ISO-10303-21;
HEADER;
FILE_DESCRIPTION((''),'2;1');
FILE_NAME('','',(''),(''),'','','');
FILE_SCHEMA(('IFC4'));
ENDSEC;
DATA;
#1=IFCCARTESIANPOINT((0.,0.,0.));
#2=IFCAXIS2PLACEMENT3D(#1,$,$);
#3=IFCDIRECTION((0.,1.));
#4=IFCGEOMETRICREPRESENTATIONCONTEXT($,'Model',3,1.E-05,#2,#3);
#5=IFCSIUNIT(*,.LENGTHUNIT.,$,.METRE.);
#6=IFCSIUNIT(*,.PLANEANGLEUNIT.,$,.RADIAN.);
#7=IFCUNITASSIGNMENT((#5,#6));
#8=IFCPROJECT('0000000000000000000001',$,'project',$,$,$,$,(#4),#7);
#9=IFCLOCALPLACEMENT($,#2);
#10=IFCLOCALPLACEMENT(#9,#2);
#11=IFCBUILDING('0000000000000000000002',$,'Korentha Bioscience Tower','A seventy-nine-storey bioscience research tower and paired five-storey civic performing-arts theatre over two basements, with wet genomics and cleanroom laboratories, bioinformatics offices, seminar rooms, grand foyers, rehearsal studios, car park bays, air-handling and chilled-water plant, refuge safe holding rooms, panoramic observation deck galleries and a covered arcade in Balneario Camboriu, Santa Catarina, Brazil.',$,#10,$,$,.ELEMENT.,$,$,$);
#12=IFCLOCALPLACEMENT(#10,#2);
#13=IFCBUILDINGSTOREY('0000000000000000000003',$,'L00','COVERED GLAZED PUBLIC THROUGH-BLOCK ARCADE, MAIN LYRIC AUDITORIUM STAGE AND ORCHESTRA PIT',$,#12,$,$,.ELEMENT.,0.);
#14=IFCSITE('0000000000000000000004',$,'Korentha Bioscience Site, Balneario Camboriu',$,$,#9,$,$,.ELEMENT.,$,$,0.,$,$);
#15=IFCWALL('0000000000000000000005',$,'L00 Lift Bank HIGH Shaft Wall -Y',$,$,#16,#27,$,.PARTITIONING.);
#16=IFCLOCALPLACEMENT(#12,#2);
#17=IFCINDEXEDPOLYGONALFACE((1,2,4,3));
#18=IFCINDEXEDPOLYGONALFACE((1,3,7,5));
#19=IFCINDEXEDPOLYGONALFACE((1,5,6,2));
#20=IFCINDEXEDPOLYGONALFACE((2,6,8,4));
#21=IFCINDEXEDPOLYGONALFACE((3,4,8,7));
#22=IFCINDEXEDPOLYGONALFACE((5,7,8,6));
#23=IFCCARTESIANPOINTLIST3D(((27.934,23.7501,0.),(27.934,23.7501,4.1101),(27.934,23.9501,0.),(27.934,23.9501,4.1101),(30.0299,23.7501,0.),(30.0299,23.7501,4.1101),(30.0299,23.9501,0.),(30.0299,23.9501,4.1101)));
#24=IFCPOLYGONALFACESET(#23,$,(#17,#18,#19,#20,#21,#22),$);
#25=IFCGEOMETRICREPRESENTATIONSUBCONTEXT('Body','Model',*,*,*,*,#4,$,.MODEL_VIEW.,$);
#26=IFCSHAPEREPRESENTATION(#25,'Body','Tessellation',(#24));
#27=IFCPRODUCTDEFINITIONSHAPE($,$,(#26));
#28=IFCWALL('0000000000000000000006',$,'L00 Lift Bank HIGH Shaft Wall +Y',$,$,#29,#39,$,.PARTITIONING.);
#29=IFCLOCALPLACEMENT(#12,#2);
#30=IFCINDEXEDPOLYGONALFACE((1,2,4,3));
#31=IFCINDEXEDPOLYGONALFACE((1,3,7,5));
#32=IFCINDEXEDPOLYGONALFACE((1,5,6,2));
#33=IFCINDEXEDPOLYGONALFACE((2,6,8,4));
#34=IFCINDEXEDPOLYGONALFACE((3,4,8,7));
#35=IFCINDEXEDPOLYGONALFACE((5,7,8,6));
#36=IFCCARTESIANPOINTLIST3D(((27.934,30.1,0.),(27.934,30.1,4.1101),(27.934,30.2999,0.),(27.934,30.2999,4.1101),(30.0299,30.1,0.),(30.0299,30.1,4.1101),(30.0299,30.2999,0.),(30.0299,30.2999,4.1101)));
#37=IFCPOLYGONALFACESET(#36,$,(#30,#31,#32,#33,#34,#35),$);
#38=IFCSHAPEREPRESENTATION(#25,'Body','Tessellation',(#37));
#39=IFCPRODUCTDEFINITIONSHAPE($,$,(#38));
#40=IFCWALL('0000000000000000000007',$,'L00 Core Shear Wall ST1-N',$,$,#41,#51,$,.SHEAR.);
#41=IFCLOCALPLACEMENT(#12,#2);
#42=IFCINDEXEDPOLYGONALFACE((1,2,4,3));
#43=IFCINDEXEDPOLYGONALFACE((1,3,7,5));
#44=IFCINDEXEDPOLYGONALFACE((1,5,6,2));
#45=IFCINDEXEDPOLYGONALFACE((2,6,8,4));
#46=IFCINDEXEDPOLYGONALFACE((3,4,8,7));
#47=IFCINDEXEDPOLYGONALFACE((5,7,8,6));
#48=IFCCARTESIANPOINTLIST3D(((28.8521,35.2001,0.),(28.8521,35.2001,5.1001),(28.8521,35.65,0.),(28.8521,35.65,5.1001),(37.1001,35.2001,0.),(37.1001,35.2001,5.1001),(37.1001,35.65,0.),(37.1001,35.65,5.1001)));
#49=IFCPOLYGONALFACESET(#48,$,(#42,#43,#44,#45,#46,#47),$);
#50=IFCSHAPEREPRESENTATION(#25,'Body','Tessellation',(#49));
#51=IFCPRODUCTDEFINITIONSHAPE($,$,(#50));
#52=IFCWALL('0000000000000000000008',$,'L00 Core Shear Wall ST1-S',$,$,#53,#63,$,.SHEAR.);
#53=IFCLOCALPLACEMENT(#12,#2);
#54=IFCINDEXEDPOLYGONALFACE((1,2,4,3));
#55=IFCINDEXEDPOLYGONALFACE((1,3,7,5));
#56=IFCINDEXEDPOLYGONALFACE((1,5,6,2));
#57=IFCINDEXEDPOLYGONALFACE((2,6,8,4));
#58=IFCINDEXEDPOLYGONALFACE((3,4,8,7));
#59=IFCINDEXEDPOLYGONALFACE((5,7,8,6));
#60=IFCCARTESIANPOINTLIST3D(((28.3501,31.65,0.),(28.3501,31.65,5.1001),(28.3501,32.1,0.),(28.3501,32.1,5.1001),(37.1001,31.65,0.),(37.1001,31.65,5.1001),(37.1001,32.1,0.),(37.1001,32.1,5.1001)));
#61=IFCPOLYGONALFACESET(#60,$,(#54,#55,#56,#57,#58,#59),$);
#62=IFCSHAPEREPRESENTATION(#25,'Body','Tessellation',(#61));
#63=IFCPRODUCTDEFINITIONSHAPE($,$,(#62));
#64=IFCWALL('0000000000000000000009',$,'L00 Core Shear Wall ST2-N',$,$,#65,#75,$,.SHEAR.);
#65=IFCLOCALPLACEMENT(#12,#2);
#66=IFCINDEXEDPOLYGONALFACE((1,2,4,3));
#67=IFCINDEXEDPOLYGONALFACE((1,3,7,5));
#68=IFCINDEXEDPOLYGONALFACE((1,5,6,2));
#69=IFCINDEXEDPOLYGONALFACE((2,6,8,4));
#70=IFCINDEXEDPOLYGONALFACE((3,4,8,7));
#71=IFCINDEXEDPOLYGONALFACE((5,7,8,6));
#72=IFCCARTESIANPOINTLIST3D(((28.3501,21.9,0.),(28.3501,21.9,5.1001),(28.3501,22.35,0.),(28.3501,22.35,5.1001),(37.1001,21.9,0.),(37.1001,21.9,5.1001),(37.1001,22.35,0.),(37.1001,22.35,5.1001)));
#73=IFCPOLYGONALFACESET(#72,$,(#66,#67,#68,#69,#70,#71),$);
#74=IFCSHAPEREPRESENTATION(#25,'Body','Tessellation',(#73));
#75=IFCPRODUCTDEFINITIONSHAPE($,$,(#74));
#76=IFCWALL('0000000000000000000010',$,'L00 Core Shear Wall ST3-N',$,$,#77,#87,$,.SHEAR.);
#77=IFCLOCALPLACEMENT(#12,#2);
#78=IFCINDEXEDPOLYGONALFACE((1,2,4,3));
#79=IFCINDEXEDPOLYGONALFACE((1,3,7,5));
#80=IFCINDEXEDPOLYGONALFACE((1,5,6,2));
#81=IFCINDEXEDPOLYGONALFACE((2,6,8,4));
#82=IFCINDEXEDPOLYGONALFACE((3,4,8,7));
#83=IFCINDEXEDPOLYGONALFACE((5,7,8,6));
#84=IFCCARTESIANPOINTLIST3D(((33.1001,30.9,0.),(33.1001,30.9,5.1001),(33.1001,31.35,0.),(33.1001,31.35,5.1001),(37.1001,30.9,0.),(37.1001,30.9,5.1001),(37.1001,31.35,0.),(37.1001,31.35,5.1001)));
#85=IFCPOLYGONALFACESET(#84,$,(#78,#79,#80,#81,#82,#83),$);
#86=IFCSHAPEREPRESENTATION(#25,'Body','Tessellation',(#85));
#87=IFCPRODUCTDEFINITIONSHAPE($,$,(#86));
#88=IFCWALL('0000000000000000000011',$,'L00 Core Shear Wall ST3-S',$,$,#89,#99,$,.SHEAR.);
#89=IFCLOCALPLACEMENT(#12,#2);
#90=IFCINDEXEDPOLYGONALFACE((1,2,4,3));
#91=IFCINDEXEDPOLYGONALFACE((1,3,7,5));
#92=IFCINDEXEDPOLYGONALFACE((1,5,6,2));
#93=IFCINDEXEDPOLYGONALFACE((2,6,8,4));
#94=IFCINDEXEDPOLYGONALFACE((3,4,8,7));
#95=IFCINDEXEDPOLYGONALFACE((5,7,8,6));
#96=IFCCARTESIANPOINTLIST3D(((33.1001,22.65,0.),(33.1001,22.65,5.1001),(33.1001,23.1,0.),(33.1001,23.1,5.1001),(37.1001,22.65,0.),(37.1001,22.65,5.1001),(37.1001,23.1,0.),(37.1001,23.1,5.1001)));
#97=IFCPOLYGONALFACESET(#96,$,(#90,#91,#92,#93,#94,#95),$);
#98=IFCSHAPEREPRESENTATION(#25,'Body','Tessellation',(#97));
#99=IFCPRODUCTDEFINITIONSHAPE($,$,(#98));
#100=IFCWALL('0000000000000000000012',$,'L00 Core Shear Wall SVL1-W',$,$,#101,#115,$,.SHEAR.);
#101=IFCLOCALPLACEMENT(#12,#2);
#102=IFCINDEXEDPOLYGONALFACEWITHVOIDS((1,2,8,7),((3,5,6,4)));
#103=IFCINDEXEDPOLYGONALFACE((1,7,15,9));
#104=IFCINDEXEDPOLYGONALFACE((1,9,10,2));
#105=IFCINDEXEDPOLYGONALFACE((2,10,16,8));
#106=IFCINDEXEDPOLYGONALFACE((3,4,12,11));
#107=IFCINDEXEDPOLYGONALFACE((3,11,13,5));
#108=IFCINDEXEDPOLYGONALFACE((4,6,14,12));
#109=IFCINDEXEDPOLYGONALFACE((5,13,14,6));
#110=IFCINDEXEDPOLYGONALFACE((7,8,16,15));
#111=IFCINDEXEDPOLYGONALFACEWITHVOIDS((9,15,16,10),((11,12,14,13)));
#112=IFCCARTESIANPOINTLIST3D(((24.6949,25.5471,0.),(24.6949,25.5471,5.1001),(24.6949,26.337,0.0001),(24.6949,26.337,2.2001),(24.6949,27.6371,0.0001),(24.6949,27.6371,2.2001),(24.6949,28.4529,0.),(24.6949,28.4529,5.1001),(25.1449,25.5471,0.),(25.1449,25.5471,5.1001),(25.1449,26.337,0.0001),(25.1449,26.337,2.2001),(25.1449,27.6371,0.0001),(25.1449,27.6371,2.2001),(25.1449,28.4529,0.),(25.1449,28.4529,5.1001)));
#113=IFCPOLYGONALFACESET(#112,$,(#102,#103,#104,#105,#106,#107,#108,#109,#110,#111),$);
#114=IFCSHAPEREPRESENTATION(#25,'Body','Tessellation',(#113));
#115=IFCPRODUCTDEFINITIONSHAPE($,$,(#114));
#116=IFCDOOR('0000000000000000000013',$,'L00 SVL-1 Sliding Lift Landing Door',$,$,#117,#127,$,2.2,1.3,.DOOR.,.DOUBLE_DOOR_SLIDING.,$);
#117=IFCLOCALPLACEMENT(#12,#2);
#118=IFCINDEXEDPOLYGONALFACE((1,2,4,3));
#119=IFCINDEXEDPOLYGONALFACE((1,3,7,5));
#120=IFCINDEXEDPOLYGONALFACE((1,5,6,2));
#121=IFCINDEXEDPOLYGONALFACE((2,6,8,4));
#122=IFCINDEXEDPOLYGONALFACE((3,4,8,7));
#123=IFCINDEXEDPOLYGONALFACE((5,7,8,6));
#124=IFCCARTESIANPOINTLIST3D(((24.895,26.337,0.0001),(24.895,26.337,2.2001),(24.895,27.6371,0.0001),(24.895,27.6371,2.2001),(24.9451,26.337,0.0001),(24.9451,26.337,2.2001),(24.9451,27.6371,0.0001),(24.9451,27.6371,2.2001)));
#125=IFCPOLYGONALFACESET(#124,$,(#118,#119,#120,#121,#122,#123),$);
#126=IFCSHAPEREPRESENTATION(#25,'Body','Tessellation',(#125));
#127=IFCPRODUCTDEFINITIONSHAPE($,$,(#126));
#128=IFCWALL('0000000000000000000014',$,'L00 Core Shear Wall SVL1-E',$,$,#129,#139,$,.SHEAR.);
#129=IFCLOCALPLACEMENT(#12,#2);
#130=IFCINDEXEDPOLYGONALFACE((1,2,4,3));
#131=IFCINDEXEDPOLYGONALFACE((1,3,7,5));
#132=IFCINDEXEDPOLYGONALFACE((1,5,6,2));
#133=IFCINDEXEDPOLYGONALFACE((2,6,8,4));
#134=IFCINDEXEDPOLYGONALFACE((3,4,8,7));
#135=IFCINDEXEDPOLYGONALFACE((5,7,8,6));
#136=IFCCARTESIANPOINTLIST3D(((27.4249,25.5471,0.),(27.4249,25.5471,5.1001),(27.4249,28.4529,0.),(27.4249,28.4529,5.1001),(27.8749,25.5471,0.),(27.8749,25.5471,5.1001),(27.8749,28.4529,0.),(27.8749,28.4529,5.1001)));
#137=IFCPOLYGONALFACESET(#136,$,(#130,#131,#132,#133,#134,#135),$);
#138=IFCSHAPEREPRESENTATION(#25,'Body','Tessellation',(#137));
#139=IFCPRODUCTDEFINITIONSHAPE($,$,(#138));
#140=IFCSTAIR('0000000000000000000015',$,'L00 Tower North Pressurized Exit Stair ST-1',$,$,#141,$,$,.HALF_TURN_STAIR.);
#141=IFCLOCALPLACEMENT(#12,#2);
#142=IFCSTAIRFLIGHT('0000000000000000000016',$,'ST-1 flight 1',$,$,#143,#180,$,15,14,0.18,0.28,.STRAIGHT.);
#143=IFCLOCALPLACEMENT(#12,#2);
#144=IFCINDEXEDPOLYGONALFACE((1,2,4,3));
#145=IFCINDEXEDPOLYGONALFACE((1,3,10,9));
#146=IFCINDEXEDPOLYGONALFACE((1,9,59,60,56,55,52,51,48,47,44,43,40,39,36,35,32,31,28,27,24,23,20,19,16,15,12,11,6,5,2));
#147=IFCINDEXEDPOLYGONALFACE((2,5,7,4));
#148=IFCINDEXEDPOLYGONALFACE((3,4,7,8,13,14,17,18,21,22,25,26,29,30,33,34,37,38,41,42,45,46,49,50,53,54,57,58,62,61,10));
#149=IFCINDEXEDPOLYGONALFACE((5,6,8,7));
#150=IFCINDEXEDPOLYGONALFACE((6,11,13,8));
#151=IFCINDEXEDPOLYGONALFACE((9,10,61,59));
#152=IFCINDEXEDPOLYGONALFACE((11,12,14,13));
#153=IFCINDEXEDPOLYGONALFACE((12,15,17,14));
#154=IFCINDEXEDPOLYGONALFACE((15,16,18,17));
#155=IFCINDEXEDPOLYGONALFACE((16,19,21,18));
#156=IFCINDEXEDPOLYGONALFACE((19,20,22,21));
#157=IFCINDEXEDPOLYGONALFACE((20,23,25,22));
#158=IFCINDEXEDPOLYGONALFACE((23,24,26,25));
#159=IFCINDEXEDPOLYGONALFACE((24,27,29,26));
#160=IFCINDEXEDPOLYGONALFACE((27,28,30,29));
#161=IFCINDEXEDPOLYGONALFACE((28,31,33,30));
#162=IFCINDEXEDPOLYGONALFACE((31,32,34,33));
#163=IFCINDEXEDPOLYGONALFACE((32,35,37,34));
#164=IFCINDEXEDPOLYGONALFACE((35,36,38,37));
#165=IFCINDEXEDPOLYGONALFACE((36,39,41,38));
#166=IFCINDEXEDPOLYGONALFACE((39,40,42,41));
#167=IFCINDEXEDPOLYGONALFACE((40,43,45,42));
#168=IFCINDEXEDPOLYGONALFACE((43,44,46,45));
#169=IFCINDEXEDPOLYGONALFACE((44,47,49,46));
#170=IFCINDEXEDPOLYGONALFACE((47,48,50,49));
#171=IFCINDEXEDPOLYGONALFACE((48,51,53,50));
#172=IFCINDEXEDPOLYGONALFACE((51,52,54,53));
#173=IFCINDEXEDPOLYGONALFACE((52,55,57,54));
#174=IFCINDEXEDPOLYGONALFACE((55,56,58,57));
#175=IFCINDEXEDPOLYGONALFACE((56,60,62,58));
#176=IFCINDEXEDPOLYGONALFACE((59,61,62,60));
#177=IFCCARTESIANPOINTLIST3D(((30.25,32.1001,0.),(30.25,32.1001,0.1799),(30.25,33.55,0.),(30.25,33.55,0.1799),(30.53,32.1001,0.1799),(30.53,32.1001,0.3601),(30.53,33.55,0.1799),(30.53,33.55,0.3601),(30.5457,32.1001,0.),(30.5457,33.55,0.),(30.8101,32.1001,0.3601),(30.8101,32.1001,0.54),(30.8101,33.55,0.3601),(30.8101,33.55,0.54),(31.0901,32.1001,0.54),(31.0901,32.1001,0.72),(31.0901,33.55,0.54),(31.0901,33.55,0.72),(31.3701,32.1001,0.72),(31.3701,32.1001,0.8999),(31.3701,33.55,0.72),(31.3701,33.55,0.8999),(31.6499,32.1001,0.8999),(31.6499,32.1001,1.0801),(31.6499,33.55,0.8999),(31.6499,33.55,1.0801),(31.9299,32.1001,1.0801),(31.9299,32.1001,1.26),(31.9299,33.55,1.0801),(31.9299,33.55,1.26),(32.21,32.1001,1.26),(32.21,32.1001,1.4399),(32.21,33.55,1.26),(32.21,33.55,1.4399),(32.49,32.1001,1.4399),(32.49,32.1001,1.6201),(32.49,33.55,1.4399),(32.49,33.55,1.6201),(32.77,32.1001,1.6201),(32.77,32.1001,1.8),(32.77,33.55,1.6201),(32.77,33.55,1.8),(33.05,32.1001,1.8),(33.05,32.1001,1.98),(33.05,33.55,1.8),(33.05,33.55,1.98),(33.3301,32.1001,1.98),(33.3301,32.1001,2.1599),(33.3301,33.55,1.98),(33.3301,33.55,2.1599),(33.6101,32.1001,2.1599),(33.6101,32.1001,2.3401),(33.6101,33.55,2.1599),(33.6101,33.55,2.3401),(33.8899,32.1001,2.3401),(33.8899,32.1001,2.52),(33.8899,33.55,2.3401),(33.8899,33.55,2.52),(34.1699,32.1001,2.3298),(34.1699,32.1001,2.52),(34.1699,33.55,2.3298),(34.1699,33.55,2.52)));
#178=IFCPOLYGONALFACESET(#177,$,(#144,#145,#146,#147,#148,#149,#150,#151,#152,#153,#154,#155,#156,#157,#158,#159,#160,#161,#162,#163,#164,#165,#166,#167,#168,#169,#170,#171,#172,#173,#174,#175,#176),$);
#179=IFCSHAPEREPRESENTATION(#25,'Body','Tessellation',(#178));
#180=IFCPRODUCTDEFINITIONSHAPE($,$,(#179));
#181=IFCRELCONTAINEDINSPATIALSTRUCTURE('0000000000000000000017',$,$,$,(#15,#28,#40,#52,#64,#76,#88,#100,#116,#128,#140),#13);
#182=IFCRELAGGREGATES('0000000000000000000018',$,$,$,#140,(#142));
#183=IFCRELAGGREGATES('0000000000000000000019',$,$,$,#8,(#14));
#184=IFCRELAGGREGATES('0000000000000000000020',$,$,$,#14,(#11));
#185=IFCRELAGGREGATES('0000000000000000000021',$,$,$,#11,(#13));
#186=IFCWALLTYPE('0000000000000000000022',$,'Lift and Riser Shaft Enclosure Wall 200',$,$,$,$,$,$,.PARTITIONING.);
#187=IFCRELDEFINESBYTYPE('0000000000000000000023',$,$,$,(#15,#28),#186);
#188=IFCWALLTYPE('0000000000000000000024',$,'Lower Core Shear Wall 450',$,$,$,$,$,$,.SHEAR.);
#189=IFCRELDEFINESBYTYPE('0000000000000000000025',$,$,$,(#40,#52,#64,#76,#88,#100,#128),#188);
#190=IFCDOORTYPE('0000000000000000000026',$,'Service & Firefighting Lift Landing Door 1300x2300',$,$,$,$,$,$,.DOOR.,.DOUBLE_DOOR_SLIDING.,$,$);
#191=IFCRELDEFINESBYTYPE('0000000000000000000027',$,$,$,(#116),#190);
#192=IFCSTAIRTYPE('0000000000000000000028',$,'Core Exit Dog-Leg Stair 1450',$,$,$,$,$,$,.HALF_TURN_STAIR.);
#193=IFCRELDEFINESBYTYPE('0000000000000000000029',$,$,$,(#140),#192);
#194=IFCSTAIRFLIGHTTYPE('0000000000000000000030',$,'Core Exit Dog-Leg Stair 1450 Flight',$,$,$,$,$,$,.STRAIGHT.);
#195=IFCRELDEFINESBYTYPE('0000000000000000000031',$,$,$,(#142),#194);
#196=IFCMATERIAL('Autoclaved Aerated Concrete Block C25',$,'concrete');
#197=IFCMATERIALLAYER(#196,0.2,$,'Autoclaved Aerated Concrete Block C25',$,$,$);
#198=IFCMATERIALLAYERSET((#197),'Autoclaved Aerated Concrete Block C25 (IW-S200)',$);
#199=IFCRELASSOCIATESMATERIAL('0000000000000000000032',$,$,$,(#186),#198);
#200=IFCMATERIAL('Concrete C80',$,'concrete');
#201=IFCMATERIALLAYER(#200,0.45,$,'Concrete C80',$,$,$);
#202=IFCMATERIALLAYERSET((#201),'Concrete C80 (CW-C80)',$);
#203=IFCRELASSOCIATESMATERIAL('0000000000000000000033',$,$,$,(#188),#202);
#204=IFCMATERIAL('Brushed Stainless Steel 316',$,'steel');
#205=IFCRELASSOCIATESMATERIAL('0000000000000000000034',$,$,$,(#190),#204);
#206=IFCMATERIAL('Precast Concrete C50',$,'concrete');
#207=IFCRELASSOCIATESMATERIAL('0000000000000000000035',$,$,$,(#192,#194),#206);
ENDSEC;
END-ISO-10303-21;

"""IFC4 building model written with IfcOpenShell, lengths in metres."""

from ifc_helpers import new_model, si_unit, direction, frame, frame_2d, origin, place, context, subcontext, project, spatial, polyline, rectangle, outline, extrude, material, layer, layer_set, type_object, element, fill, aggregate, save


model = new_model("IFC4")

# Units and contexts
model_context = context("Model", 3, precision=1e-05, world=origin(), true_north=direction((0.0, 1.0)))
body_context = subcontext(model_context, "Body", "Model", "MODEL_VIEW")
ifc_project = project(units=[si_unit("LENGTHUNIT", "METRE"), si_unit("PLANEANGLEUNIT", "RADIAN")], contexts=[model_context])

# Site, building, storey
site_placement = place(None, origin())
site = spatial("IfcSite", under=ifc_project, at=site_placement, Name="Korentha Bioscience Site, Balneario Camboriu", CompositionType="ELEMENT", RefElevation=0.0)
building_placement = place(site_placement, origin())
building = spatial("IfcBuilding", under=site, at=building_placement, Name="Korentha Bioscience Tower", Description="A seventy-nine-storey bioscience research tower and paired five-storey civic performing-arts theatre over two basements, with wet genomics and cleanroom laboratories, bioinformatics offices, seminar rooms, grand foyers, rehearsal studios, car park bays, air-handling and chilled-water plant, refuge safe holding rooms, panoramic observation deck galleries and a covered arcade in Balneario Camboriu, Santa Catarina, Brazil.", CompositionType="ELEMENT")
storey_placement = place(building_placement, origin())
storey = spatial("IfcBuildingStorey", under=building, at=storey_placement, Name="L00", Description="COVERED GLAZED PUBLIC THROUGH-BLOCK ARCADE, MAIN LYRIC AUDITORIUM STAGE AND ORCHESTRA PIT", CompositionType="ELEMENT", Elevation=0.0)

# Shared definitions
ifc_material_1 = material(Name="Autoclaved Aerated Concrete Block C25", Category="concrete")
ifc_layer_1 = layer(ifc_material_1, 0.2, Name="Autoclaved Aerated Concrete Block C25")
ifc_layer_set_1 = layer_set([ifc_layer_1], Name="Autoclaved Aerated Concrete Block C25 (IW-S200)")
wall_type_1 = type_object("IfcWallType", Name="Lift and Riser Shaft Enclosure Wall 200", PredefinedType="PARTITIONING", material=ifc_layer_set_1)

# Walls
for number, where, z_axis, x_axis, name in (
    (1, (27.9341, 23.8501, 0.0), (0.0, 0.0, 1.0), (1.0, 0.0, 0.0), "L00 Lift Bank HIGH Shaft Wall -Y"),
    (2, (27.9341, 30.2, 0.0), (0.0, 0.0, 1.0), (1.0, 0.0, 0.0), "L00 Lift Bank HIGH Shaft Wall +Y"),
):
    element("IfcWall", number, at=place(storey_placement, frame(where, z_axis=z_axis, x_axis=x_axis)), inside=storey, type_object=wall_type_1, Name=name, PredefinedType="PARTITIONING", context=body_context, shape_type="SweptSolid", body=[
        extrude(rectangle(XDim=2.0959, YDim=0.2, at=frame_2d((1.0479, 0.0))), origin(), (0.0, 0.0, 1.0), 4.1101),
    ])
ifc_material_2 = material(Name="Concrete C80", Category="concrete")
ifc_layer_2 = layer(ifc_material_2, 0.45, Name="Concrete C80")
ifc_layer_set_2 = layer_set([ifc_layer_2], Name="Concrete C80 (CW-C80)")
wall_type_2 = type_object("IfcWallType", Name="Lower Core Shear Wall 450", PredefinedType="SHEAR", material=ifc_layer_set_2)
wall_1_placement = place(storey_placement, frame((28.8521, 35.425, 0.0), z_axis=(0.0, 0.0, 1.0), x_axis=(1.0, 0.0, 0.0)))
element("IfcWall", 3, at=wall_1_placement, inside=storey, type_object=wall_type_2, Name="L00 Core Shear Wall ST1-N", PredefinedType="SHEAR", context=body_context, shape_type="SweptSolid", body=[
    extrude(rectangle(XDim=8.248, YDim=0.45, at=frame_2d((4.124, 0.0))), origin(), (0.0, 0.0, 1.0), 5.1001),
])
wall_2_placement = place(storey_placement, frame((28.3501, 31.875, 0.0), z_axis=(0.0, 0.0, 1.0), x_axis=(1.0, 0.0, 0.0)))
element("IfcWall", 4, at=wall_2_placement, inside=storey, type_object=wall_type_2, Name="L00 Core Shear Wall ST1-S", PredefinedType="SHEAR", context=body_context, shape_type="SweptSolid", body=[
    extrude(rectangle(XDim=8.75, YDim=0.45, at=frame_2d((4.375, 0.0))), origin(), (0.0, 0.0, 1.0), 5.1001),
])

# Walls
wall_3_placement = place(storey_placement, frame((28.3501, 22.125, 0.0), z_axis=(0.0, 0.0, 1.0), x_axis=(1.0, 0.0, 0.0)))
element("IfcWall", 5, at=wall_3_placement, inside=storey, type_object=wall_type_2, Name="L00 Core Shear Wall ST2-N", PredefinedType="SHEAR", context=body_context, shape_type="SweptSolid", body=[
    extrude(rectangle(XDim=8.75, YDim=0.45, at=frame_2d((4.375, 0.0))), origin(), (0.0, 0.0, 1.0), 5.1001),
])
for number, where, z_axis, x_axis, name in (
    (6, (33.1001, 31.125, 0.0), (0.0, 0.0, 1.0), (1.0, 0.0, 0.0), "L00 Core Shear Wall ST3-N"),
    (7, (33.1001, 22.875, 0.0), (0.0, 0.0, 1.0), (1.0, 0.0, 0.0), "L00 Core Shear Wall ST3-S"),
):
    element("IfcWall", number, at=place(storey_placement, frame(where, z_axis=z_axis, x_axis=x_axis)), inside=storey, type_object=wall_type_2, Name=name, PredefinedType="SHEAR", context=body_context, shape_type="SweptSolid", body=[
        extrude(rectangle(XDim=4.0, YDim=0.45, at=frame_2d((2.0, 0.0))), origin(), (0.0, 0.0, 1.0), 5.1001),
    ])

# Wall, opening, door
wall_4_placement = place(storey_placement, frame((24.9199, 25.5471, 0.0), z_axis=(0.0, 0.0, 1.0), x_axis=(0.0, 1.0, 0.0)))
wall_4 = element("IfcWall", 8, at=wall_4_placement, inside=storey, type_object=wall_type_2, Name="L00 Core Shear Wall SVL1-W", PredefinedType="SHEAR", context=body_context, shape_type="SweptSolid", body=[
    extrude(rectangle(XDim=2.9058, YDim=0.45, at=frame_2d((1.4529, 0.0))), origin(), (0.0, 0.0, 1.0), 5.1001),
])
opening_1_placement = place(wall_4_placement, frame((0.79, 0.0, 0.0)))
opening_1 = element("IfcOpeningElement", 9, at=opening_1_placement, cuts=wall_4, PredefinedType="OPENING", context=body_context, shape_type="SweptSolid", body=[
    extrude(rectangle(XDim=1.3, YDim=2.2, at=frame_2d((0.6499, 1.1001))), frame((0.0, 0.2397, 0.0), z_axis=(0.0, -1.0, 0.0), x_axis=(1.0, 0.0, 0.0)), (0.0, 0.0, 1.0), 0.4797),
])
ifc_material_3 = material(Name="Brushed Stainless Steel 316", Category="steel")
door_type_1 = type_object("IfcDoorType", Name="Service & Firefighting Lift Landing Door 1300x2300", OperationType="DOUBLE_DOOR_SLIDING", PredefinedType="DOOR", material=ifc_material_3)
door_1_placement = place(opening_1_placement, origin())
door_1 = element("IfcDoor", 10, at=door_1_placement, inside=storey, type_object=door_type_1, Name="L00 SVL-1 Sliding Lift Landing Door", OperationType="DOUBLE_DOOR_SLIDING", OverallHeight=2.2, OverallWidth=1.3, PredefinedType="DOOR", context=body_context, shape_type="SweptSolid", body=[
    extrude(rectangle(XDim=1.3, YDim=2.2, at=frame_2d((0.6499, 1.1001))), frame((0.0, 0.0249, 0.0), z_axis=(0.0, -1.0, 0.0), x_axis=(1.0, 0.0, 0.0)), (0.0, 0.0, 1.0), 0.05),
])
fill(opening_1, door_1)

# Wall
wall_5_placement = place(storey_placement, frame((27.6499, 25.5471, 0.0), z_axis=(0.0, 0.0, 1.0), x_axis=(0.0, 1.0, 0.0)))
element("IfcWall", 11, at=wall_5_placement, inside=storey, type_object=wall_type_2, Name="L00 Core Shear Wall SVL1-E", PredefinedType="SHEAR", context=body_context, shape_type="SweptSolid", body=[
    extrude(rectangle(XDim=2.9058, YDim=0.45, at=frame_2d((1.4529, 0.0))), origin(), (0.0, 0.0, 1.0), 5.1001),
])

# Stair, stair flight
ifc_material_4 = material(Name="Precast Concrete C50", Category="concrete")
stair_type = type_object("IfcStairType", Name="Core Exit Dog-Leg Stair 1450", PredefinedType="HALF_TURN_STAIR", material=ifc_material_4)
stair_placement = place(storey_placement, origin())
stair = element("IfcStair", 12, at=stair_placement, inside=storey, type_object=stair_type, Name="L00 Tower North Pressurized Exit Stair ST-1", PredefinedType="HALF_TURN_STAIR")
stair_flight_type = type_object("IfcStairFlightType", Name="Core Exit Dog-Leg Stair 1450 Flight", PredefinedType="STRAIGHT", material=ifc_material_4)
stair_flight_placement = place(storey_placement, frame((30.25, 32.825, 0.0), z_axis=(0.0, 0.0, 1.0), x_axis=(1.0, 0.0, 0.0)))
stair_flight = element("IfcStairFlight", 13, at=stair_flight_placement, type_object=stair_flight_type, Name="ST-1 flight 1", NumberOfRisers=15, NumberOfTreads=14, PredefinedType="STRAIGHT", RiserHeight=0.18, TreadLength=0.28, context=body_context, shape_type="SweptSolid", body=[
    extrude(outline(polyline([(0.0, 0.0), (0.0, 0.1799), (0.28, 0.1799), (0.28, 0.3601), (0.5601, 0.3601), (0.5601, 0.54), (0.8401, 0.54), (0.8401, 0.72), (1.1201, 0.72), (1.1201, 0.8999), (1.3999, 0.8999), (1.3999, 1.0801), (1.6799, 1.0801), (1.6799, 1.26), (1.96, 1.26), (1.96, 1.4399), (2.24, 1.4399), (2.24, 1.6201), (2.52, 1.6201), (2.52, 1.8), (2.8, 1.8), (2.8, 1.98), (3.0801, 1.98), (3.0801, 2.1599), (3.3601, 2.1599), (3.3601, 2.3401), (3.6399, 2.3401), (3.6399, 2.52), (3.9199, 2.52), (3.9199, 2.7), (3.9199, 2.3298), (0.2957, 0.0), (0.0, 0.0)])), frame((0.0, 0.7251, 0.0), z_axis=(0.0, -1.0, 0.0), x_axis=(1.0, 0.0, 0.0)), (0.0, 0.0, 1.0), 1.45),
])
aggregate(stair, [stair_flight])

save(model, "model.ifc")
